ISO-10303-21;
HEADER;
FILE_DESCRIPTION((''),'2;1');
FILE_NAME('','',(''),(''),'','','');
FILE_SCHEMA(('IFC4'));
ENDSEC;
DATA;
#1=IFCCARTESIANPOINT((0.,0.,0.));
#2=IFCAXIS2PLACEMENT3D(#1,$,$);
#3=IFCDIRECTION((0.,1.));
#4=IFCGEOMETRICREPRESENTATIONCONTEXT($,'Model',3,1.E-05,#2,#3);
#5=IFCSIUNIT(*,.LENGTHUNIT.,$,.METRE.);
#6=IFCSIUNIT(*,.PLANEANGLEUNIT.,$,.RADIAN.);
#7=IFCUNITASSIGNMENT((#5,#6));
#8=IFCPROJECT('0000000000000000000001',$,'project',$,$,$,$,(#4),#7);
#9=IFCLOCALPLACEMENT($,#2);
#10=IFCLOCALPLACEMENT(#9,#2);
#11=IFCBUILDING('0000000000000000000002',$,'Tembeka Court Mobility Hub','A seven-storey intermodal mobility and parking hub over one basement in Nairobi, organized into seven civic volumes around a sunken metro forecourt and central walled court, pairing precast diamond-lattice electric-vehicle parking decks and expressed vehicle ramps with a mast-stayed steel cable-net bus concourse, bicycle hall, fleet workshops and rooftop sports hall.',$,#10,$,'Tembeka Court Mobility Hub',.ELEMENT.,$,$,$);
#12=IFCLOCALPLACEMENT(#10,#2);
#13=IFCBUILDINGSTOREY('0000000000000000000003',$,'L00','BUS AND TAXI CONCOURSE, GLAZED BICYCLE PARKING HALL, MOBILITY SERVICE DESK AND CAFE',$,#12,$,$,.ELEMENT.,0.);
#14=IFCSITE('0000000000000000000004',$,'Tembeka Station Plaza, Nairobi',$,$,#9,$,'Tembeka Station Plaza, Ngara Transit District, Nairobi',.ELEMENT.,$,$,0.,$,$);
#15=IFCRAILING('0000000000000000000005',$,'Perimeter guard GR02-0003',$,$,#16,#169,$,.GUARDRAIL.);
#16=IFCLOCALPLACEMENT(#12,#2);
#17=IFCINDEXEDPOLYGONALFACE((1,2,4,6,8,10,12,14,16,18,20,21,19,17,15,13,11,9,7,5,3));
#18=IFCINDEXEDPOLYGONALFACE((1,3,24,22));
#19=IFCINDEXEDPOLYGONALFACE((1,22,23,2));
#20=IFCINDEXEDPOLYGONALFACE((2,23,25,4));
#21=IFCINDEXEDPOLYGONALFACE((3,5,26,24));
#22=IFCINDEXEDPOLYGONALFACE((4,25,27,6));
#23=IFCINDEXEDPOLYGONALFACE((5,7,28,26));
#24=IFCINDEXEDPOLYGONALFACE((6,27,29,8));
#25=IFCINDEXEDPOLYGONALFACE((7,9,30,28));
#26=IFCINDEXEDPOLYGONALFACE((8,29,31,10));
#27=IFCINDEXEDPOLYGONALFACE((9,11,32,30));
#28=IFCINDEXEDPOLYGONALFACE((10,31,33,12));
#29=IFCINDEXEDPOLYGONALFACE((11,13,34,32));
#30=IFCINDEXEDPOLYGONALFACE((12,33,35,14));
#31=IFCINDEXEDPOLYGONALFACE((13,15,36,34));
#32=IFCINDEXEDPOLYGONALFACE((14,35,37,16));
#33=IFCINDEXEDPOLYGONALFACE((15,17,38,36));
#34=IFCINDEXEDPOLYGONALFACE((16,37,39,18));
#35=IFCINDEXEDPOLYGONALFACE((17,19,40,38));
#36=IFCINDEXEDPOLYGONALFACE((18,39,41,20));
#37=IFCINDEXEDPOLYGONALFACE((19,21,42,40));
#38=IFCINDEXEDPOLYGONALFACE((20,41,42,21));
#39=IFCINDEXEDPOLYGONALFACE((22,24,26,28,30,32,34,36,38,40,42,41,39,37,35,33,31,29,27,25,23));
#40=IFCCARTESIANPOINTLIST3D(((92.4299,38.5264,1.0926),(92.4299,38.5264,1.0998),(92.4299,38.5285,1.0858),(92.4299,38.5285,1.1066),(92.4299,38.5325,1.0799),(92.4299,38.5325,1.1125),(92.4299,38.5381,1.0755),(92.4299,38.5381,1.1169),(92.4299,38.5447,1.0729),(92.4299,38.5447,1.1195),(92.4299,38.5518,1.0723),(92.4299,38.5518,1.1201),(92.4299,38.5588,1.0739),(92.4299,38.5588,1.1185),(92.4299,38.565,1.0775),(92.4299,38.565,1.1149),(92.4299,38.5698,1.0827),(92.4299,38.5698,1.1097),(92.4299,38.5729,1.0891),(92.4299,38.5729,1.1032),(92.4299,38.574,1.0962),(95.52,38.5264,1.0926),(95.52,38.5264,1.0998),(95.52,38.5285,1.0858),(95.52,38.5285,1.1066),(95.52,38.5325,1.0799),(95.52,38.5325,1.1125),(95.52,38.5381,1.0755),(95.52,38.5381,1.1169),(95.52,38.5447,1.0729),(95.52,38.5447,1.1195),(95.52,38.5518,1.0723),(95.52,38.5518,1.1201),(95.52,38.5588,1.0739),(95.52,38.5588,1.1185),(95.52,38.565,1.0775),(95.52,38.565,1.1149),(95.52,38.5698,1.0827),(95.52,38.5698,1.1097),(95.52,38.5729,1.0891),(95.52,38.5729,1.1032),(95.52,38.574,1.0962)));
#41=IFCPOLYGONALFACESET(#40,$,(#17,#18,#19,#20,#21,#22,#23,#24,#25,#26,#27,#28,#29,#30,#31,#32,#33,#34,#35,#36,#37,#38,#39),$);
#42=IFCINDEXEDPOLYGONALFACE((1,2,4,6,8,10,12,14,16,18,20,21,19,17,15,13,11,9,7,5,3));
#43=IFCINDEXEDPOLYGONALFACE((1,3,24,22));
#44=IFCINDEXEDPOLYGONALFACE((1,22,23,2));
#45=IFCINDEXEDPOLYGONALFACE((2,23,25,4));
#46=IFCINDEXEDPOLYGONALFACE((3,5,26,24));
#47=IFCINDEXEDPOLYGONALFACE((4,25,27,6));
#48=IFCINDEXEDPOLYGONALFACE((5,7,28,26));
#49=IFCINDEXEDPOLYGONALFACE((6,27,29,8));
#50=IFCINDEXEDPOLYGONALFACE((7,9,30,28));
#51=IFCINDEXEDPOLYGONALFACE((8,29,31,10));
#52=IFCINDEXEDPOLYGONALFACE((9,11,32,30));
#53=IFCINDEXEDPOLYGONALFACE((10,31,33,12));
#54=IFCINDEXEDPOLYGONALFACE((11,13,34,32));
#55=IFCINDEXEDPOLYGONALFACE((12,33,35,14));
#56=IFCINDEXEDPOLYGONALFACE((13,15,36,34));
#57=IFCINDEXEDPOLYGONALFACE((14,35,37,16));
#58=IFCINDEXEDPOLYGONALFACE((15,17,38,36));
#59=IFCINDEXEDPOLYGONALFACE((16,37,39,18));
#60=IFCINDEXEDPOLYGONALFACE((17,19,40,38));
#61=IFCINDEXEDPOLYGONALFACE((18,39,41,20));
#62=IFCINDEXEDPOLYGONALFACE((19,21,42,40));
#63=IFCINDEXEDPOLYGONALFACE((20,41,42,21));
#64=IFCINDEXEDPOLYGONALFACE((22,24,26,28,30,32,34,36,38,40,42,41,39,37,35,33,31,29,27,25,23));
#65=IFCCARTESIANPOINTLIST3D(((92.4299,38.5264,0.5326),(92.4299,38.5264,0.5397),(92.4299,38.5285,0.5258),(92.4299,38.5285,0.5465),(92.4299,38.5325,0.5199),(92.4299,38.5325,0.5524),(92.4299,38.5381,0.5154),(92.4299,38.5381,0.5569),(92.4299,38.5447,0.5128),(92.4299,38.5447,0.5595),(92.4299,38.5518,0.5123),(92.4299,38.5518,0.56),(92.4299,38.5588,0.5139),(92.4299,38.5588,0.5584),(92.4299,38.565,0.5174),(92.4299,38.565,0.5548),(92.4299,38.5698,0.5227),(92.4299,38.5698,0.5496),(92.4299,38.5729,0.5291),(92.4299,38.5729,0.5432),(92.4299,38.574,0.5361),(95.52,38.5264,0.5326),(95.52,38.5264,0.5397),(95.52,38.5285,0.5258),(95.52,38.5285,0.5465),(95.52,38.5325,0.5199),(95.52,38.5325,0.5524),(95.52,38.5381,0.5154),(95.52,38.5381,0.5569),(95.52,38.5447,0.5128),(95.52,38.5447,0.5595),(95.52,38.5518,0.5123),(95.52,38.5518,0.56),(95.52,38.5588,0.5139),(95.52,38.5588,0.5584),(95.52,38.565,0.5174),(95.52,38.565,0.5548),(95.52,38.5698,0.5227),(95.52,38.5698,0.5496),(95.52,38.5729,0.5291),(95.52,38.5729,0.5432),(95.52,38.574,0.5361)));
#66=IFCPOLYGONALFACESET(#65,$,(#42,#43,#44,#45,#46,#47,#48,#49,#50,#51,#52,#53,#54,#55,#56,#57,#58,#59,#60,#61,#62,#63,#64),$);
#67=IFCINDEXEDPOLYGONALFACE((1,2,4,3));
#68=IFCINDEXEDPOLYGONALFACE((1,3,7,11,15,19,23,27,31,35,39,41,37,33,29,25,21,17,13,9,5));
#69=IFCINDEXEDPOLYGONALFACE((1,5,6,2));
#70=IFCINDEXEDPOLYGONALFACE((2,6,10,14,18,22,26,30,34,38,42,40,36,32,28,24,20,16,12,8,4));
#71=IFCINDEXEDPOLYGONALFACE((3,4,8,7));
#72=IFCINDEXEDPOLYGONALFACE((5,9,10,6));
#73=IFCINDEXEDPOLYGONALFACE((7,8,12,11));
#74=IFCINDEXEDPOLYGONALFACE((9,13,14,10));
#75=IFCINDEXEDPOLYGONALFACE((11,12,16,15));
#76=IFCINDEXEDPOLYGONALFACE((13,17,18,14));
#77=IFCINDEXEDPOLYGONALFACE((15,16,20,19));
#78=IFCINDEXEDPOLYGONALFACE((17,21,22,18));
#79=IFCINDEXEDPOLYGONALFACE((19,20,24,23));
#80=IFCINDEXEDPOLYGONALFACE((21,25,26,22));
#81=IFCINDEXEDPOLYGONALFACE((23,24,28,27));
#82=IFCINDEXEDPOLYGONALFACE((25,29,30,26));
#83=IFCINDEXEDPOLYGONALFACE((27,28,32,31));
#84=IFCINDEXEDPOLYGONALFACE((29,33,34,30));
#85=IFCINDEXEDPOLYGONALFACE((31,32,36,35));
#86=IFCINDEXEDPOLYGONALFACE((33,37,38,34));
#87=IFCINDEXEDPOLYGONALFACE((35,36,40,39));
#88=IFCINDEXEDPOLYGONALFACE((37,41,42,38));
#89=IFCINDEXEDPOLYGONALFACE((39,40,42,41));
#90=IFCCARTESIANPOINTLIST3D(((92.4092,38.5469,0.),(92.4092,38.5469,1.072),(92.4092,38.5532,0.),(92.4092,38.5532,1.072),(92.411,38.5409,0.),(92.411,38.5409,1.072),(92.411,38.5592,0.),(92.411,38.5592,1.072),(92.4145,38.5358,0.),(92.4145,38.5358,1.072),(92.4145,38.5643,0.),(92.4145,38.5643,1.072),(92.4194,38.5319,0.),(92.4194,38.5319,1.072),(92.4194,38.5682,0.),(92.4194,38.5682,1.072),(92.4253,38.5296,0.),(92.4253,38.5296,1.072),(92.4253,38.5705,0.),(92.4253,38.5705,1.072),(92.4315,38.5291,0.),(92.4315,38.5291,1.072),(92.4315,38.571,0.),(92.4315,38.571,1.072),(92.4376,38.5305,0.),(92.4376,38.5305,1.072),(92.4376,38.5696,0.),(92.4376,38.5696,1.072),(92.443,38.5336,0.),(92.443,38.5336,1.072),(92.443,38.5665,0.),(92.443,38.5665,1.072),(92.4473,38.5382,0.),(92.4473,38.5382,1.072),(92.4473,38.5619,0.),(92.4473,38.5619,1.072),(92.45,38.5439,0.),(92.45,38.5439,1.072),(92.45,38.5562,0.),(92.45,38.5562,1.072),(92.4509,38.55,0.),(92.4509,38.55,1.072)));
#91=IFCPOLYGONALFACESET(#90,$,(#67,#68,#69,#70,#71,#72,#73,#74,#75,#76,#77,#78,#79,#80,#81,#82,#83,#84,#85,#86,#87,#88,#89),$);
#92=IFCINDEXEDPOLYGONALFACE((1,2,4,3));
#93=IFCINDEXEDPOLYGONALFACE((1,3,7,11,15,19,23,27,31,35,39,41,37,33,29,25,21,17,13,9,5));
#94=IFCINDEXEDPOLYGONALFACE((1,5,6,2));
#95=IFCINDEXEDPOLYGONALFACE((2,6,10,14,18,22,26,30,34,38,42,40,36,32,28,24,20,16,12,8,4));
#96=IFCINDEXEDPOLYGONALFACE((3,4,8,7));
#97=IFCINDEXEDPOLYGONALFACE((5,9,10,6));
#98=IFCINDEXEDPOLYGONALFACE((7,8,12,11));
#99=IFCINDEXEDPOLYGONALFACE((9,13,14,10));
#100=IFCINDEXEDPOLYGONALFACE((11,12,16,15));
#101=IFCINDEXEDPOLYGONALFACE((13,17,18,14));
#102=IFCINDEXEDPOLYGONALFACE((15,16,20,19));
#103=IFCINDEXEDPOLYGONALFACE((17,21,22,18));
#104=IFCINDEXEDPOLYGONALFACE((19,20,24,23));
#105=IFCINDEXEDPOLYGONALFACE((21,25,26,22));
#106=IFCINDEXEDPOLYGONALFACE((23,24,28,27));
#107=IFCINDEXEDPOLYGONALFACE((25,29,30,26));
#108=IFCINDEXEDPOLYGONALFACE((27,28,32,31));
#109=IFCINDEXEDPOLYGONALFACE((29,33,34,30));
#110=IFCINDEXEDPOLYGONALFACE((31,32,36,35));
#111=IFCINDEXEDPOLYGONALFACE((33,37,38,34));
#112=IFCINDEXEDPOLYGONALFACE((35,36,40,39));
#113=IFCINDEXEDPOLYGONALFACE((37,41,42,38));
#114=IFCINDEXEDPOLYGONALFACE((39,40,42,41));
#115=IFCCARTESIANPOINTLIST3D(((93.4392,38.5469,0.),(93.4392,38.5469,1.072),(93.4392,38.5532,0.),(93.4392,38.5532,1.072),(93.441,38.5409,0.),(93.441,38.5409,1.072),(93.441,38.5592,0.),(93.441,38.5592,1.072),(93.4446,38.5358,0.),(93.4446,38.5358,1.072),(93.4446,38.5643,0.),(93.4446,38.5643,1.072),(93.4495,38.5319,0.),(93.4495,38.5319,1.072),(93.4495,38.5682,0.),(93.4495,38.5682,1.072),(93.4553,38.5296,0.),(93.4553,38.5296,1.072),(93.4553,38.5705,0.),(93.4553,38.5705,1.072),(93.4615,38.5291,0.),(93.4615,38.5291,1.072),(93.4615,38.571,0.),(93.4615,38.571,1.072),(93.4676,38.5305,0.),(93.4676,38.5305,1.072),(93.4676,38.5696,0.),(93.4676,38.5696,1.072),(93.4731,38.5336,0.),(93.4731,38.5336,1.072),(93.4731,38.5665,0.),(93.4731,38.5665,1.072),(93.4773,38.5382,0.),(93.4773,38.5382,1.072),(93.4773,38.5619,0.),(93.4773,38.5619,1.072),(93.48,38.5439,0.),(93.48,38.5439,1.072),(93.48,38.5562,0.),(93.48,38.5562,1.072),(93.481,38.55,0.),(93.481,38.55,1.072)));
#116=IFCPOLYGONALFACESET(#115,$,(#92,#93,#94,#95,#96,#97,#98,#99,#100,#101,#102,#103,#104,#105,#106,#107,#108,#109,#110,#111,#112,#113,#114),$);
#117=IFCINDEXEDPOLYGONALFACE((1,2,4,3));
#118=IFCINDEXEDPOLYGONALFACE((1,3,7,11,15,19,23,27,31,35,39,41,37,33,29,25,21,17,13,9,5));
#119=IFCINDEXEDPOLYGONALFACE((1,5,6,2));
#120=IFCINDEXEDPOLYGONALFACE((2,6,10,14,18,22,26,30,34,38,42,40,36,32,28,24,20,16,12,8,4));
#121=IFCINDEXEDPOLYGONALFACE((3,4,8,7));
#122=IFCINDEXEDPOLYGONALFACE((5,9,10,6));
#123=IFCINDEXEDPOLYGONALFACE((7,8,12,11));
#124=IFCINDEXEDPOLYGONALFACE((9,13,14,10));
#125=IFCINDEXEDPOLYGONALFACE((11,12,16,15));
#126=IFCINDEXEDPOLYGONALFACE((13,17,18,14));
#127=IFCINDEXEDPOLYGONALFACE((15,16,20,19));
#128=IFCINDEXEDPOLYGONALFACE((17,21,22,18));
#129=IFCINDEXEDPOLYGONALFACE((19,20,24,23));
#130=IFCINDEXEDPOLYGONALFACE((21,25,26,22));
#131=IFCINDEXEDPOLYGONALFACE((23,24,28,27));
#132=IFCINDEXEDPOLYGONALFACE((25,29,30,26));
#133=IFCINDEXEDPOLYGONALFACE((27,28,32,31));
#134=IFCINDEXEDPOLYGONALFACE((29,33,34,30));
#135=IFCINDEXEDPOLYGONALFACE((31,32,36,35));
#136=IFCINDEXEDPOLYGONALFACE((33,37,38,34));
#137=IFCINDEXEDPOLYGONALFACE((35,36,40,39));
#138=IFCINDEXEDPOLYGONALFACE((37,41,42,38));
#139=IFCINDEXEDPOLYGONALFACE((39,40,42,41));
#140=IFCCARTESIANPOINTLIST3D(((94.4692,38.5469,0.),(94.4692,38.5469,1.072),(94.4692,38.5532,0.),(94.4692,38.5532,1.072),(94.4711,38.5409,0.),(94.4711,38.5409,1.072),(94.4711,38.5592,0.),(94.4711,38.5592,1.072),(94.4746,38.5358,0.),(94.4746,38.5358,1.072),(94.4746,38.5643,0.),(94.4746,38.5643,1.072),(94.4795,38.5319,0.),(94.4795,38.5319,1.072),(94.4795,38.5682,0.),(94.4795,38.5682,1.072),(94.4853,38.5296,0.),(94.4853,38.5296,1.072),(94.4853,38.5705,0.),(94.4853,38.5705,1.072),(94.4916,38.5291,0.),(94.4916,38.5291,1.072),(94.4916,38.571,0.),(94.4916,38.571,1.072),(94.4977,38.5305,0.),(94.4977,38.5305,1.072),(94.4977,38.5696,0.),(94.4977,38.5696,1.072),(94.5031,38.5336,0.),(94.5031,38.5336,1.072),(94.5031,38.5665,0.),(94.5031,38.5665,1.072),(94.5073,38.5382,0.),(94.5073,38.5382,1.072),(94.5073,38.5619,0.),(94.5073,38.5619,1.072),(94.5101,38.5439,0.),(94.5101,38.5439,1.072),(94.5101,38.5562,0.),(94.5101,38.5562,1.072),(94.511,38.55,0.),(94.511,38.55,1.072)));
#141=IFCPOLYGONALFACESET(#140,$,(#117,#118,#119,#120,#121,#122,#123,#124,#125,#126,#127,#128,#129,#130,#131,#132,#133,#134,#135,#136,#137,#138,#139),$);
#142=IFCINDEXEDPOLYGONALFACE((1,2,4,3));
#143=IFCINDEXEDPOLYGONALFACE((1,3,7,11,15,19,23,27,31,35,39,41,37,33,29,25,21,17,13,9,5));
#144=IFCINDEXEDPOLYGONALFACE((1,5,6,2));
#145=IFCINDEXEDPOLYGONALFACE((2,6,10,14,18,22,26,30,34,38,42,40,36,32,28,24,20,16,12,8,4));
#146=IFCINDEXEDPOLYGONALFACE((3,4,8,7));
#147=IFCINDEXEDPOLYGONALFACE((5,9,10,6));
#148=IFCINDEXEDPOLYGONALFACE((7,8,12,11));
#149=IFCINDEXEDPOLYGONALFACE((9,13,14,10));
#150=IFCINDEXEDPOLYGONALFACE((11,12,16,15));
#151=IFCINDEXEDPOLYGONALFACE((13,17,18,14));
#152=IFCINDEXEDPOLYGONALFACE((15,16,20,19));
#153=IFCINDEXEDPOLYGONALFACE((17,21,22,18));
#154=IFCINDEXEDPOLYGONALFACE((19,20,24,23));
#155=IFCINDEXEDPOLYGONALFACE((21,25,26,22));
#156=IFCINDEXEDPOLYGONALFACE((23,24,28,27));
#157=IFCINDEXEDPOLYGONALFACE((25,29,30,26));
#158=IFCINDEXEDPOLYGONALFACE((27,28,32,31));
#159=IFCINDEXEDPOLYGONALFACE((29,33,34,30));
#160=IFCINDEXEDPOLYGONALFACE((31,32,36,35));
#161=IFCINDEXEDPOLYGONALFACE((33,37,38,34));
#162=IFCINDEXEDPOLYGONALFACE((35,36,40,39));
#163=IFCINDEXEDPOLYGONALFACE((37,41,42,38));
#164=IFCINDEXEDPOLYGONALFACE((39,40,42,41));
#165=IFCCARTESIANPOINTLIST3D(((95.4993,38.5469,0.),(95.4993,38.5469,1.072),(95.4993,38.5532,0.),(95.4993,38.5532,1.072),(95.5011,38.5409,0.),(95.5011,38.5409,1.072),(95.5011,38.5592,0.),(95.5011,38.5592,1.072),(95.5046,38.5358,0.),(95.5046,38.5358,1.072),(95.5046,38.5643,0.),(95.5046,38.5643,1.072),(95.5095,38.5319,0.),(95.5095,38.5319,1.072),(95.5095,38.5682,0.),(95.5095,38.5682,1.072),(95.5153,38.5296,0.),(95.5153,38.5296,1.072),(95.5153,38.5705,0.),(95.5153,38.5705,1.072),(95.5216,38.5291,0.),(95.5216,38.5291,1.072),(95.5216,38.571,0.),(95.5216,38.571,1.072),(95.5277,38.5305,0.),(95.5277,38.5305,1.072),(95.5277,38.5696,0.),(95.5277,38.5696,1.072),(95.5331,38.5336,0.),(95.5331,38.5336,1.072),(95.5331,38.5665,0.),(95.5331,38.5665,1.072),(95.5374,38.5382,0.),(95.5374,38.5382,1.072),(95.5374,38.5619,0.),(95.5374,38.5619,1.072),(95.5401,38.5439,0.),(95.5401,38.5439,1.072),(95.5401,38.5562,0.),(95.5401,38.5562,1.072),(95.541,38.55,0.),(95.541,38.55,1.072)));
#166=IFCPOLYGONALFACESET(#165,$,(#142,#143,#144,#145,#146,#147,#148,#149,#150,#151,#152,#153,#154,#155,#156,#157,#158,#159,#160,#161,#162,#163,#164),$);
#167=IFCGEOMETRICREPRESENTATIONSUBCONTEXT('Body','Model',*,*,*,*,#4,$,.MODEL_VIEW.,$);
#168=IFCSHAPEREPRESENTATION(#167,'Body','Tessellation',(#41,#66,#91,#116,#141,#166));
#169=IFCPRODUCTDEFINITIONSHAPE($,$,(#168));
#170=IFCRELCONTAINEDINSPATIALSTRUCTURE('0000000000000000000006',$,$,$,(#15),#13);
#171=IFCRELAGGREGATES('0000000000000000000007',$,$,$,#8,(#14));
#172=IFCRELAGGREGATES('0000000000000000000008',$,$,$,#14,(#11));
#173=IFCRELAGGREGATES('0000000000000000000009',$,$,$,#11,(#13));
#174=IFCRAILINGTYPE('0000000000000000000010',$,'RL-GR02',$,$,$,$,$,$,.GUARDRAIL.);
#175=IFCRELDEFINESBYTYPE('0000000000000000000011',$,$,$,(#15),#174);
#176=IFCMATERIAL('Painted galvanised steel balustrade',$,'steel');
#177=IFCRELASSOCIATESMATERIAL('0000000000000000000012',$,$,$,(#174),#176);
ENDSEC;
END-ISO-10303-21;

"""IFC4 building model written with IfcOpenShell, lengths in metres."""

from ifc_helpers import new_model, si_unit, direction, frame, origin, origin_2d, place, context, subcontext, project, spatial, circle, extrude, material, type_object, element, save


model = new_model("IFC4")

# Units and contexts
model_context = context("Model", 3, precision=1e-05, world=origin(), true_north=direction((0.0, 1.0)))
body_context = subcontext(model_context, "Body", "Model", "MODEL_VIEW")
ifc_project = project(units=[si_unit("LENGTHUNIT", "METRE"), si_unit("PLANEANGLEUNIT", "RADIAN")], contexts=[model_context])

# Site, building, storey
site_placement = place(None, origin())
site = spatial("IfcSite", under=ifc_project, at=site_placement, Name="Tembeka Station Plaza, Nairobi", LongName="Tembeka Station Plaza, Ngara Transit District, Nairobi", CompositionType="ELEMENT", RefElevation=0.0)
building_placement = place(site_placement, origin())
building = spatial("IfcBuilding", under=site, at=building_placement, Name="Tembeka Court Mobility Hub", Description="A seven-storey intermodal mobility and parking hub over one basement in Nairobi, organized into seven civic volumes around a sunken metro forecourt and central walled court, pairing precast diamond-lattice electric-vehicle parking decks and expressed vehicle ramps with a mast-stayed steel cable-net bus concourse, bicycle hall, fleet workshops and rooftop sports hall.", LongName="Tembeka Court Mobility Hub", CompositionType="ELEMENT")
storey_placement = place(building_placement, origin())
storey = spatial("IfcBuildingStorey", under=building, at=storey_placement, Name="L00", Description="BUS AND TAXI CONCOURSE, GLAZED BICYCLE PARKING HALL, MOBILITY SERVICE DESK AND CAFE", CompositionType="ELEMENT", Elevation=0.0)

# Railing
ifc_material_1 = material(Name="Painted galvanised steel balustrade", Category="steel")
railing_type_1 = type_object("IfcRailingType", Name="RL-GR02", PredefinedType="GUARDRAIL", material=ifc_material_1)
railing_1_placement = place(storey_placement, frame((92.4299, 38.55, 0.0)))
element("IfcRailing", 1, at=railing_1_placement, inside=storey, type_object=railing_type_1, Name="Perimeter guard GR02-0003", PredefinedType="GUARDRAIL", context=body_context, shape_type="SweptSolid", body=[
    extrude(circle(Radius=0.0239, at=origin_2d()), frame((0.0, 0.0, 1.0962), z_axis=(1.0, 0.0, 0.0), x_axis=(0.0, 1.0, 0.0)), (0.0, 0.0, 1.0), 3.0901),
    extrude(circle(Radius=0.0239, at=origin_2d()), frame((0.0, 0.0, 0.5361), z_axis=(1.0, 0.0, 0.0), x_axis=(0.0, 1.0, 0.0)), (0.0, 0.0, 1.0), 3.0901),
    extrude(circle(Radius=0.021, at=origin_2d()), origin(), (0.0, 0.0, 1.0), 1.072),
    extrude(circle(Radius=0.021, at=origin_2d()), frame((1.03, 0.0, 0.0)), (0.0, 0.0, 1.0), 1.072),
    extrude(circle(Radius=0.021, at=origin_2d()), frame((2.0601, 0.0, 0.0)), (0.0, 0.0, 1.0), 1.072),
    extrude(circle(Radius=0.021, at=origin_2d()), frame((3.0901, 0.0, 0.0)), (0.0, 0.0, 1.0), 1.072),
])

save(model, "model.ifc")
